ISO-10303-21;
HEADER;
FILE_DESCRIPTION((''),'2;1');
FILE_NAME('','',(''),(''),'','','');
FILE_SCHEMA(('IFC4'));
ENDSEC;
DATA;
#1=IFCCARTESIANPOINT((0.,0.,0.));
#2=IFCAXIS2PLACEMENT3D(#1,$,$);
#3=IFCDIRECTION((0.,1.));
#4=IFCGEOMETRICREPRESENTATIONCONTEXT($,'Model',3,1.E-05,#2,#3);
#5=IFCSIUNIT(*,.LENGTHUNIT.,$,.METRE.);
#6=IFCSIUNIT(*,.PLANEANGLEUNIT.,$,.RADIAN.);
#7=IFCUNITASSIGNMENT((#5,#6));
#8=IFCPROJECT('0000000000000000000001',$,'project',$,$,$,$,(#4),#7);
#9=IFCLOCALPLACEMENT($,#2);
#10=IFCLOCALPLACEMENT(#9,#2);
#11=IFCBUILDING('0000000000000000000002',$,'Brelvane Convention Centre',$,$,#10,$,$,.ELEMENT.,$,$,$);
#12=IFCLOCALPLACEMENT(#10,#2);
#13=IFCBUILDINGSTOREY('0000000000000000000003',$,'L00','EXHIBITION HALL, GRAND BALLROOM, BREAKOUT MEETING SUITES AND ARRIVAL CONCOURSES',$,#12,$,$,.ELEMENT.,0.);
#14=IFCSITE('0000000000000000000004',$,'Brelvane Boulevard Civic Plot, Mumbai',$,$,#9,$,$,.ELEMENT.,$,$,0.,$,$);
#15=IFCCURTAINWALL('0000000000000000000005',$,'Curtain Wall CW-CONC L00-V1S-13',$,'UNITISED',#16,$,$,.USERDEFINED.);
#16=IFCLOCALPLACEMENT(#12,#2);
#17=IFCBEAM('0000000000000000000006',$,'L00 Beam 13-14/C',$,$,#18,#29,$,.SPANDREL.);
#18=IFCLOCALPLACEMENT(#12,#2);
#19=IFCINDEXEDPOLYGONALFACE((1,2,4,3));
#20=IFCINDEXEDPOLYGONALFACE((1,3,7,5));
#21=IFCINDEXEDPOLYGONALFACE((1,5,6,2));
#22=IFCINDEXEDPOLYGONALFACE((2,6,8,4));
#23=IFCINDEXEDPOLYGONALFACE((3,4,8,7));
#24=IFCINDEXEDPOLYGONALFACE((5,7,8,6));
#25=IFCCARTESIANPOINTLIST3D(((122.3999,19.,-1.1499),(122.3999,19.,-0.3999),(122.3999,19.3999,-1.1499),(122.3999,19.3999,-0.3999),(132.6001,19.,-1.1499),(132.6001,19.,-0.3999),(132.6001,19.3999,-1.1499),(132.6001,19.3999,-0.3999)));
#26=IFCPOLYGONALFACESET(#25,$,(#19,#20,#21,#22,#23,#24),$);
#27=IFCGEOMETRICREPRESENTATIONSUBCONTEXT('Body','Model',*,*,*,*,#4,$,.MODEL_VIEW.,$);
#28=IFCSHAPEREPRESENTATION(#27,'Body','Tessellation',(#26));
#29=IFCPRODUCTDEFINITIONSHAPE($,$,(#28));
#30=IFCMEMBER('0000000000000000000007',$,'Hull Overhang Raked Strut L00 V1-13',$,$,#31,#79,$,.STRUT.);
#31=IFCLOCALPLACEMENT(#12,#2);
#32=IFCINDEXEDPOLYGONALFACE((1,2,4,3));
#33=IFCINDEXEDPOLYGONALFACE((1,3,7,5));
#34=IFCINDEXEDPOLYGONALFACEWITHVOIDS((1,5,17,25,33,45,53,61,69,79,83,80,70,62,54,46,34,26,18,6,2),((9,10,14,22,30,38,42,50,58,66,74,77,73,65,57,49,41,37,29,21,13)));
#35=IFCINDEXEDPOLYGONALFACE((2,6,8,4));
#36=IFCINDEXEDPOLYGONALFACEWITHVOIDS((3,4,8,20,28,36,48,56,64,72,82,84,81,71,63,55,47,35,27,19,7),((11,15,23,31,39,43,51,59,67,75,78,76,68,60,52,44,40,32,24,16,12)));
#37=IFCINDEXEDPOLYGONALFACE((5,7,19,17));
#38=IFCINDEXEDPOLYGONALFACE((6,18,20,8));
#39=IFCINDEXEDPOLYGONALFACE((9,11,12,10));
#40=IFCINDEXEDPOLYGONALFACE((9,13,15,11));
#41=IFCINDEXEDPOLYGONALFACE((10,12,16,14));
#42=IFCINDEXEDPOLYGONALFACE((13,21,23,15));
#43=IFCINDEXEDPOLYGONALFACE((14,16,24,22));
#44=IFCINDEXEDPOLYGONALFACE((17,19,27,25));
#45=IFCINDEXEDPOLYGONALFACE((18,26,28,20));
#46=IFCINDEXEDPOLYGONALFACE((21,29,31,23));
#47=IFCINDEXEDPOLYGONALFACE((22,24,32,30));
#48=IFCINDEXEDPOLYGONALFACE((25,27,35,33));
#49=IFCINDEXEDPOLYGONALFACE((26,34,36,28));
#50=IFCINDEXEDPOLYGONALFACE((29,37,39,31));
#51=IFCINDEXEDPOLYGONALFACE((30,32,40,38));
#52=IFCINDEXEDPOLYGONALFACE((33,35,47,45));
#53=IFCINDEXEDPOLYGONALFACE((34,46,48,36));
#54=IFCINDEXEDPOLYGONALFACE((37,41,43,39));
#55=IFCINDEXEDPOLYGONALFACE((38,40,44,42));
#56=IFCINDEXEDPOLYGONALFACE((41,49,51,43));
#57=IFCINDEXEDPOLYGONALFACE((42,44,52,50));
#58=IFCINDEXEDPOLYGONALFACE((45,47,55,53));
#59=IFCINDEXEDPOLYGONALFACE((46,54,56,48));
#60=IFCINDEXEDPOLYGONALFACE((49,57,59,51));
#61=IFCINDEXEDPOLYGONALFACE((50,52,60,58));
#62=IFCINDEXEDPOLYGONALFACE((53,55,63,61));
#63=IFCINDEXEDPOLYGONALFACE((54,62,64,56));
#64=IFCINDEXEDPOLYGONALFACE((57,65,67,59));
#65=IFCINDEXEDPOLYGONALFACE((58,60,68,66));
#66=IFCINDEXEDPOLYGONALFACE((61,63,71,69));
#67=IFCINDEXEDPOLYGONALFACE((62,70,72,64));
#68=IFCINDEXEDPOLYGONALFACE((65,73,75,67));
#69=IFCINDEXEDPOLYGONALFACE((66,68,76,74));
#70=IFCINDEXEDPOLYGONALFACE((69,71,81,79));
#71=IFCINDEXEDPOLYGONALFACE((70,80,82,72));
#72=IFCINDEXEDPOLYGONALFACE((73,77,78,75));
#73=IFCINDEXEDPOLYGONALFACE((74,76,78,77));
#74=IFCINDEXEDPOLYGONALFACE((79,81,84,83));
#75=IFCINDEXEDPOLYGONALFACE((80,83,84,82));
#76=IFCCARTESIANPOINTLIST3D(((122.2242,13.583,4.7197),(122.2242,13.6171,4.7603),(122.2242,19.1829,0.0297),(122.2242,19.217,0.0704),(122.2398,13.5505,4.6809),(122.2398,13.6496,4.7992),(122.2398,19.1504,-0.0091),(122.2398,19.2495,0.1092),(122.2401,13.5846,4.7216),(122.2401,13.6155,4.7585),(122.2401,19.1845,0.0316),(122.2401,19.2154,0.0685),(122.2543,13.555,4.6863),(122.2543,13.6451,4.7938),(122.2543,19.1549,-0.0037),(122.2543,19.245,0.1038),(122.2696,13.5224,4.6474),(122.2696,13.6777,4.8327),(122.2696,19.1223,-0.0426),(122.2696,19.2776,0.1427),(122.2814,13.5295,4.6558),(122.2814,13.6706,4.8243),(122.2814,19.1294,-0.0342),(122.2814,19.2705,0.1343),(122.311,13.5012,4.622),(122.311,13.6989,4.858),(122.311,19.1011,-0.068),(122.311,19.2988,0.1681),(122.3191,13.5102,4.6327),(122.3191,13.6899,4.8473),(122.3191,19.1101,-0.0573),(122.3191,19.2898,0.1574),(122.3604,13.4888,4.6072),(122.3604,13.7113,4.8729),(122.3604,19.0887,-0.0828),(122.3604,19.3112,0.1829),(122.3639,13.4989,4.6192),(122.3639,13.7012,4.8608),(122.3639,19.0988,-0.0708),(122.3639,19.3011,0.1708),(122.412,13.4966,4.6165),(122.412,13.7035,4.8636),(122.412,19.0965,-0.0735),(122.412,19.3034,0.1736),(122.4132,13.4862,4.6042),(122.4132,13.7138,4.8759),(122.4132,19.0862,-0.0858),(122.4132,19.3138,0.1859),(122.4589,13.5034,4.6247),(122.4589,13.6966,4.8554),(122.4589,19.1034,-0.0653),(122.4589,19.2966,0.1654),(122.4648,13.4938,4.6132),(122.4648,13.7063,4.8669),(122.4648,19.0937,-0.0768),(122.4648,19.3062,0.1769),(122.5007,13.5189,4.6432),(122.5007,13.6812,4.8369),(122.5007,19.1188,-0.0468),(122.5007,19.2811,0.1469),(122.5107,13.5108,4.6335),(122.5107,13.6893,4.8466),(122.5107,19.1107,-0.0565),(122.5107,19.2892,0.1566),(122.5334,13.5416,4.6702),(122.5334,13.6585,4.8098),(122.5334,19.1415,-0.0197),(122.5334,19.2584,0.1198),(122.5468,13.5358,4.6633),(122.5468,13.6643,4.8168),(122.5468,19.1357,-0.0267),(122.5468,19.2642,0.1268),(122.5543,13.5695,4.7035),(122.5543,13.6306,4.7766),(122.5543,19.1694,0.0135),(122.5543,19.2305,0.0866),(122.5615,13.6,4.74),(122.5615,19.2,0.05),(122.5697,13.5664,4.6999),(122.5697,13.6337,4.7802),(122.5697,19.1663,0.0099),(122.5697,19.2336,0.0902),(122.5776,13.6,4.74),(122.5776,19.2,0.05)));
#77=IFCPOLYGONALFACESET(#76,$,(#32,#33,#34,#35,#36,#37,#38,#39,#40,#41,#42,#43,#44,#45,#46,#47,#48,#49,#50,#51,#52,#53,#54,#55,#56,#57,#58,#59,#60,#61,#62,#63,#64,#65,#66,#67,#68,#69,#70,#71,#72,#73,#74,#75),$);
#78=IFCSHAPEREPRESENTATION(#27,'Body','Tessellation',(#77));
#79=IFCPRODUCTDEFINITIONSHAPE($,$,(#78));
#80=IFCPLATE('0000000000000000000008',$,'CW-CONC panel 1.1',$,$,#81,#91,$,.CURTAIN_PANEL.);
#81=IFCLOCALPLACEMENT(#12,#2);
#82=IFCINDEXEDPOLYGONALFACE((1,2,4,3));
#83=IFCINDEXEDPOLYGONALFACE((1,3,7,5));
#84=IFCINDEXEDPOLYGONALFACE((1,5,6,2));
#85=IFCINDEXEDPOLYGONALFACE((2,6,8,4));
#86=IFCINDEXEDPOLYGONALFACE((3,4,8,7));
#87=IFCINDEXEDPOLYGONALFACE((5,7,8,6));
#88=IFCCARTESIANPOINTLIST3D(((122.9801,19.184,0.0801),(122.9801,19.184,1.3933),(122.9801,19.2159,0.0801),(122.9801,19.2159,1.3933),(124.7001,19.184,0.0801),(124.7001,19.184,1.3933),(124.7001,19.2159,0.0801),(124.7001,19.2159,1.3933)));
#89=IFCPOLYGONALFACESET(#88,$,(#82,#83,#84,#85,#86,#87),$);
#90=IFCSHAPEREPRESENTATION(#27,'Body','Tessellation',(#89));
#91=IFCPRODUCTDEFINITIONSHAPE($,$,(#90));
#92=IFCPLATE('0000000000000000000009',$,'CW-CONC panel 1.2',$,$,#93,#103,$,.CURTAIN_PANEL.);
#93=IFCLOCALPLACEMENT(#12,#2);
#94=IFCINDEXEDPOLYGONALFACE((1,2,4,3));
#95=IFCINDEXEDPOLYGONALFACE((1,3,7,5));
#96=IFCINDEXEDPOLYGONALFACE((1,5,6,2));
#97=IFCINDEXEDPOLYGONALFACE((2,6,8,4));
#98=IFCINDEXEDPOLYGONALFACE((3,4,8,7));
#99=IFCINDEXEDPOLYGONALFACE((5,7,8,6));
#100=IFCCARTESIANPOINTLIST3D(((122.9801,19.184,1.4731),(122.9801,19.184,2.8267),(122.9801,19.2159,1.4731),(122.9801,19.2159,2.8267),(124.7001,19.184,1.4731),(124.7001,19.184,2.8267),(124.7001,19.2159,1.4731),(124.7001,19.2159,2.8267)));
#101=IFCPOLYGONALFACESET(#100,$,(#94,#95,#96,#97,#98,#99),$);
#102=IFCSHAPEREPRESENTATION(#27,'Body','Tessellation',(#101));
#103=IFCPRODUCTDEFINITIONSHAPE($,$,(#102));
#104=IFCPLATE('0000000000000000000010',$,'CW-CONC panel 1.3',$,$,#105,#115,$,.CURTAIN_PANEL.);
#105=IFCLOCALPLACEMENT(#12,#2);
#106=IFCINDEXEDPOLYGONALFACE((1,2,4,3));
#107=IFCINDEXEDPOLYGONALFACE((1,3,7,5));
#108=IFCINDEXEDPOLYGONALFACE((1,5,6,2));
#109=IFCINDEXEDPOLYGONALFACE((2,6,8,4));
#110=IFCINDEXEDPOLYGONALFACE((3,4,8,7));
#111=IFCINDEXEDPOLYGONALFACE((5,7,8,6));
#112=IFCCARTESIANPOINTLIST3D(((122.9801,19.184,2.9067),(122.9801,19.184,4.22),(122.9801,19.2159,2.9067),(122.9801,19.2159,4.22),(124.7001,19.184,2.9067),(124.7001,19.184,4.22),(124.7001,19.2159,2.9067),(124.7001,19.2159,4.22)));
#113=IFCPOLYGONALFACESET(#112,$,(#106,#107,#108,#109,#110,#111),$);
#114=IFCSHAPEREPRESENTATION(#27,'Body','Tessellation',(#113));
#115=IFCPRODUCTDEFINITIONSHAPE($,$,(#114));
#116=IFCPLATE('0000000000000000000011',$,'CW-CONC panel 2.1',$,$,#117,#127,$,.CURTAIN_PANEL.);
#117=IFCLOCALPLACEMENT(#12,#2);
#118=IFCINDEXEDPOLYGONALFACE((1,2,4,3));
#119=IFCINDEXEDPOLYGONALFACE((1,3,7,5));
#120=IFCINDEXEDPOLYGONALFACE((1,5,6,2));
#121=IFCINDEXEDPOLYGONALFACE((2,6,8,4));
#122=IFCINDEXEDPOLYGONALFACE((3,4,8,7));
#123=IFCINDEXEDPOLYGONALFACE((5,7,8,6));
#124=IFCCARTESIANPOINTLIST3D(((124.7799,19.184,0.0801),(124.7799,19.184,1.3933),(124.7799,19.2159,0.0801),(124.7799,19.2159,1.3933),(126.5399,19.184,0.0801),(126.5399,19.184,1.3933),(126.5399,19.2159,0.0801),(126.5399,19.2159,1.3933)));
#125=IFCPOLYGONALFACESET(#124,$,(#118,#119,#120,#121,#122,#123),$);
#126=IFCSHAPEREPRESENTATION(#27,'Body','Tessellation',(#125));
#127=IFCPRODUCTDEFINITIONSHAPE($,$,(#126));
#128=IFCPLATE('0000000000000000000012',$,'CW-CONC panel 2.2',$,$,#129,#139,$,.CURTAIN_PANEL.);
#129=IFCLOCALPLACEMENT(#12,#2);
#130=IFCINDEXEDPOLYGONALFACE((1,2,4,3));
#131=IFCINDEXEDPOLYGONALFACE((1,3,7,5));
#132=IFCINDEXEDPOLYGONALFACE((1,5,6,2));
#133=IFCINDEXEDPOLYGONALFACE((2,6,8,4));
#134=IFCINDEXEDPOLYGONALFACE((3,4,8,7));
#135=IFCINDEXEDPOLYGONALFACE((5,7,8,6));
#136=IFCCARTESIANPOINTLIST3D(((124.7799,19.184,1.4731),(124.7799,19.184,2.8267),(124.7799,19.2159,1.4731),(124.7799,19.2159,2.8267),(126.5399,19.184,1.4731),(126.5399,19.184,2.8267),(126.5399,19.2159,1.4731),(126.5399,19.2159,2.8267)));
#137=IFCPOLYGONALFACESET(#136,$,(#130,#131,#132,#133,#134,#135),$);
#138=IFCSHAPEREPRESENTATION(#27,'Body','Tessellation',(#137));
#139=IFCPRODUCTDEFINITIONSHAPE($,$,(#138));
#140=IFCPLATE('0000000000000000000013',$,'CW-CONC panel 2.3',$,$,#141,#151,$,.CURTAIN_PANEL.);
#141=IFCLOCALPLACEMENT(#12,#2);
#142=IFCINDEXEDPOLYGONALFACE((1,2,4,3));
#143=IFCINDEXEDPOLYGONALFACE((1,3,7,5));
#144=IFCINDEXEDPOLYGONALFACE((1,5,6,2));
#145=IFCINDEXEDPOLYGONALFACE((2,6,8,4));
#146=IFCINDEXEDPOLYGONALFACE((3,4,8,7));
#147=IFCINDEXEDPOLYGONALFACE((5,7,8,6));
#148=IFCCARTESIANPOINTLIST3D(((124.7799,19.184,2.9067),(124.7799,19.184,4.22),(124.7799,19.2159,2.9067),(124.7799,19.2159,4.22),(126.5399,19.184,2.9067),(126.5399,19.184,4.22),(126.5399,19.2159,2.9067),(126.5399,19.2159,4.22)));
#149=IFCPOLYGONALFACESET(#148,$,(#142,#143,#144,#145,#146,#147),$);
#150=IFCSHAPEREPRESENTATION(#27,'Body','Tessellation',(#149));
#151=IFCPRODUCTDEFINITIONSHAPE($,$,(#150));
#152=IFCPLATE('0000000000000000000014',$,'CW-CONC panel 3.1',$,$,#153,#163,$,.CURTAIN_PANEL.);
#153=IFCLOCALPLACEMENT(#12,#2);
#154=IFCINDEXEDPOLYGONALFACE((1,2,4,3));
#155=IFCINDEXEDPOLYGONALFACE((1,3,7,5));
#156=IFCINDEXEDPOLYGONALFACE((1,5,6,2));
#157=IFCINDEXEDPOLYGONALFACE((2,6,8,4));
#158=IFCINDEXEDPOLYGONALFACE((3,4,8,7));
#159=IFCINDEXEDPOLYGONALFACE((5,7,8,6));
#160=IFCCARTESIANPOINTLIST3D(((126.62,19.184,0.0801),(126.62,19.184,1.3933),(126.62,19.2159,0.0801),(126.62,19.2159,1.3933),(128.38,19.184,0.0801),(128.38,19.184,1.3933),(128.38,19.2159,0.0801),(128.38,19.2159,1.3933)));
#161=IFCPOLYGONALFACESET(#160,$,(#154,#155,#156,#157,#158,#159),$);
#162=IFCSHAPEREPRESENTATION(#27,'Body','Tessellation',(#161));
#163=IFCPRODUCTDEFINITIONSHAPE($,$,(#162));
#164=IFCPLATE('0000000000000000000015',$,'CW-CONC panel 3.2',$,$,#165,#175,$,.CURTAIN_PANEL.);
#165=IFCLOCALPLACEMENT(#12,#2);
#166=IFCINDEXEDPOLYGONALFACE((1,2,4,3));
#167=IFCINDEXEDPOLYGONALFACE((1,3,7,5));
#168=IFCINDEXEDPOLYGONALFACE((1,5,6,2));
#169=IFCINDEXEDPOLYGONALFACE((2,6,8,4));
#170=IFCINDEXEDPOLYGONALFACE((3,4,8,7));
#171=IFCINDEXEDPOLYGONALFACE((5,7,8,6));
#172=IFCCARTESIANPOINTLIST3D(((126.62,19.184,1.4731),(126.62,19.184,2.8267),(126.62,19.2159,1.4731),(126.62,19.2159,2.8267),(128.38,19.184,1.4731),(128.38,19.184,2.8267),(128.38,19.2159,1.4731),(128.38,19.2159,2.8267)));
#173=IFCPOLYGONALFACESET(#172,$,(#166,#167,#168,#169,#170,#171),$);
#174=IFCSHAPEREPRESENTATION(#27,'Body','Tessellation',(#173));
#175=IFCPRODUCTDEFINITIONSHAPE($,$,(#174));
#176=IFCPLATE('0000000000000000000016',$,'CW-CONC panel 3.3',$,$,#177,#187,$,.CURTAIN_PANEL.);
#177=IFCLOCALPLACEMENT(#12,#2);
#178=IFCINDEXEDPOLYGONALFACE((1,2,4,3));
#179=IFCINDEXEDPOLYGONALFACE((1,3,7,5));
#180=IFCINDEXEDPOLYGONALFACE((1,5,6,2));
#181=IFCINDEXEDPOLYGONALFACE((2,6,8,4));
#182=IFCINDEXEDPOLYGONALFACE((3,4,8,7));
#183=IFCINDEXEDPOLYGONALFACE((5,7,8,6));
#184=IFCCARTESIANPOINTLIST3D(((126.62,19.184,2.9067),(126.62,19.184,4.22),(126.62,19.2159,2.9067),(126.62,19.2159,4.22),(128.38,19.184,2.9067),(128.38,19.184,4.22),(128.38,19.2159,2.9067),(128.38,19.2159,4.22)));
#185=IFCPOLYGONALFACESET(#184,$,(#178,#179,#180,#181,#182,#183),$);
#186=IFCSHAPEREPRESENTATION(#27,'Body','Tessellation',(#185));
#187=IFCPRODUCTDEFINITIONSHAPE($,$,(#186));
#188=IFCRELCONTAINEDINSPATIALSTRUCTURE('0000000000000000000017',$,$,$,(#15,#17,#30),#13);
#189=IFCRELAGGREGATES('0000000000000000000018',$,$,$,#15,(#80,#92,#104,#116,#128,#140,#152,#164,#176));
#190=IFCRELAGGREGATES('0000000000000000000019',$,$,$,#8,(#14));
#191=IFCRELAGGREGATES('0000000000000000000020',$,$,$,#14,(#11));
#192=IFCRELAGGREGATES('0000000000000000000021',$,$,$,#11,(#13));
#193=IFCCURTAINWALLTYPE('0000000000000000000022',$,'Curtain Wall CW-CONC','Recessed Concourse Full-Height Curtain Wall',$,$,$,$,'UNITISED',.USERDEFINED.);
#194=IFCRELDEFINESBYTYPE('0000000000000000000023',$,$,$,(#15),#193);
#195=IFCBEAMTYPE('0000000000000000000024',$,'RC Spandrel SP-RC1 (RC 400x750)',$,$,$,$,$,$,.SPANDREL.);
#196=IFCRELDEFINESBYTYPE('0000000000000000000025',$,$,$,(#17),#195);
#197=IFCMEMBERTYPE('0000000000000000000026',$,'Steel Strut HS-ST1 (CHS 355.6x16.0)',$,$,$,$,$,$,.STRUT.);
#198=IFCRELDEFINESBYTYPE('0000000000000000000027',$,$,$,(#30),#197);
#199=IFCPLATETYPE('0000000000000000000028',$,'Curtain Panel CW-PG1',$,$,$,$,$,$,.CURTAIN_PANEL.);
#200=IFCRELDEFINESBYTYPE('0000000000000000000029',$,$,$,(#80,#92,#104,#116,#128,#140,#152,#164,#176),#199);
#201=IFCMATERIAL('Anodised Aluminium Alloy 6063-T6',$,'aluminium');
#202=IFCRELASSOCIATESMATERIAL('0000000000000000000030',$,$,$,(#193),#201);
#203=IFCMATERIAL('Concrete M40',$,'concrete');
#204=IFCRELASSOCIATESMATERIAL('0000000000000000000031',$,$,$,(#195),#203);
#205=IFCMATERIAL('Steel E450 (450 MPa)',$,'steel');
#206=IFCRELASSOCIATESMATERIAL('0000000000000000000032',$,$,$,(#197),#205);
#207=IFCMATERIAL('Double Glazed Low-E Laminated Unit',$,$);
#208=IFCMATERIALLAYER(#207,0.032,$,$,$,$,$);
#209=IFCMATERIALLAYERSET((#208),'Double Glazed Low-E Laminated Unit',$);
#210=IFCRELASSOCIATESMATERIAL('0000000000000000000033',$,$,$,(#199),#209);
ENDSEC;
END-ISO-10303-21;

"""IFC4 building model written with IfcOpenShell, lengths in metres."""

from ifc_helpers import new_model, si_unit, direction, frame, origin, origin_2d, place, context, subcontext, project, spatial, rectangle, hollow_circle, extrude, material, layer, layer_set, material_profile, profile_set, type_object, element, aggregate, save


model = new_model("IFC4")

# Units and contexts
model_context = context("Model", 3, precision=1e-05, world=origin(), true_north=direction((0.0, 1.0)))
body_context = subcontext(model_context, "Body", "Model", "MODEL_VIEW")
ifc_project = project(units=[si_unit("LENGTHUNIT", "METRE"), si_unit("PLANEANGLEUNIT", "RADIAN")], contexts=[model_context])

# Site, building, storey
site_placement = place(None, origin())
site = spatial("IfcSite", under=ifc_project, at=site_placement, Name="Brelvane Boulevard Civic Plot, Mumbai", CompositionType="ELEMENT", RefElevation=0.0)
building_placement = place(site_placement, origin())
building = spatial("IfcBuilding", under=site, at=building_placement, Name="Brelvane Convention Centre", CompositionType="ELEMENT")
storey_placement = place(building_placement, origin())
storey = spatial("IfcBuildingStorey", under=building, at=storey_placement, Name="L00", Description="EXHIBITION HALL, GRAND BALLROOM, BREAKOUT MEETING SUITES AND ARRIVAL CONCOURSES", CompositionType="ELEMENT", Elevation=0.0)

# Curtain wall
ifc_material_1 = material(Name="Anodised Aluminium Alloy 6063-T6", Category="aluminium")
curtain_wall_type = type_object("IfcCurtainWallType", Name="Curtain Wall CW-CONC", Description="Recessed Concourse Full-Height Curtain Wall", ElementType="UNITISED", PredefinedType="USERDEFINED", material=ifc_material_1)
curtain_wall_placement = place(storey_placement, origin())
curtain_wall = element("IfcCurtainWall", 1, at=curtain_wall_placement, inside=storey, type_object=curtain_wall_type, Name="Curtain Wall CW-CONC L00-V1S-13", ObjectType="UNITISED", PredefinedType="USERDEFINED")

# Beam
ifc_material_2 = material(Name="Concrete M40", Category="concrete")
ifc_material_profile_1 = material_profile(ifc_material_2, rectangle(XDim=0.3999, YDim=0.75, at=origin_2d()), Name="RC 400x750")
ifc_profile_set_1 = profile_set([ifc_material_profile_1], Name="Concrete M40")
beam_type_1 = type_object("IfcBeamType", Name="RC Spandrel SP-RC1 (RC 400x750)", PredefinedType="SPANDREL", material=ifc_profile_set_1)
beam_1_placement = place(storey_placement, frame((122.3999, 19.2, -0.7749), z_axis=(1.0, 0.0, 0.0), x_axis=(0.0, 1.0, 0.0)))
element("IfcBeam", 2, at=beam_1_placement, inside=storey, type_object=beam_type_1, Name="L00 Beam 13-14/C", PredefinedType="SPANDREL", context=body_context, shape_type="SweptSolid", body=[
    extrude(rectangle(XDim=0.3999, YDim=0.75, at=origin_2d()), origin(), (0.0, 0.0, 1.0), 10.2002),
])

# Member
ifc_material_3 = material(Name="Steel E450 (450 MPa)", Category="steel")
ifc_material_profile_2 = material_profile(ifc_material_3, hollow_circle(Radius=0.1777, WallThickness=0.0161, at=origin_2d()), Name="CHS 355.6x16.0")
ifc_profile_set_2 = profile_set([ifc_material_profile_2], Name="Steel E450 (450 MPa)")
member_type_1 = type_object("IfcMemberType", Name="Steel Strut HS-ST1 (CHS 355.6x16.0)", PredefinedType="STRUT", material=ifc_profile_set_2)
member_1_placement = place(storey_placement, frame((122.3999, 19.2, 0.05), z_axis=(0.0, -0.766644, 0.642073), x_axis=(1.0, 0.0, 0.0)))
element("IfcMember", 3, at=member_1_placement, inside=storey, type_object=member_type_1, Name="Hull Overhang Raked Strut L00 V1-13", PredefinedType="STRUT", context=body_context, shape_type="SweptSolid", body=[
    extrude(hollow_circle(Radius=0.1777, WallThickness=0.0161, at=origin_2d()), origin(), (0.0, 0.0, 1.0), 7.3044),
])

# Plates
ifc_material_4 = material(Name="Double Glazed Low-E Laminated Unit")
ifc_layer_1 = layer(ifc_material_4, 0.032)
ifc_layer_set_1 = layer_set([ifc_layer_1], Name="Double Glazed Low-E Laminated Unit")
plate_type_1 = type_object("IfcPlateType", Name="Curtain Panel CW-PG1", PredefinedType="CURTAIN_PANEL", material=ifc_layer_set_1)
plate_1_placement = place(storey_placement, frame((123.8401, 19.2, 0.0801), z_axis=(0.0, 0.0, 1.0), x_axis=(1.0, 0.0, 0.0)))
plate_1 = element("IfcPlate", 4, at=plate_1_placement, type_object=plate_type_1, Name="CW-CONC panel 1.1", PredefinedType="CURTAIN_PANEL", context=body_context, shape_type="SweptSolid", body=[
    extrude(rectangle(XDim=1.72, YDim=0.032, at=origin_2d()), origin(), (0.0, 0.0, 1.0), 1.3132),
])
plate_2_placement = place(storey_placement, frame((123.8401, 19.2, 1.4731), z_axis=(0.0, 0.0, 1.0), x_axis=(1.0, 0.0, 0.0)))
plate_2 = element("IfcPlate", 5, at=plate_2_placement, type_object=plate_type_1, Name="CW-CONC panel 1.2", PredefinedType="CURTAIN_PANEL", context=body_context, shape_type="SweptSolid", body=[
    extrude(rectangle(XDim=1.72, YDim=0.032, at=origin_2d()), origin(), (0.0, 0.0, 1.0), 1.3535),
])
plate_3_placement = place(storey_placement, frame((123.8401, 19.2, 2.9067), z_axis=(0.0, 0.0, 1.0), x_axis=(1.0, 0.0, 0.0)))
plate_3 = element("IfcPlate", 6, at=plate_3_placement, type_object=plate_type_1, Name="CW-CONC panel 1.3", PredefinedType="CURTAIN_PANEL", context=body_context, shape_type="SweptSolid", body=[
    extrude(rectangle(XDim=1.72, YDim=0.032, at=origin_2d()), origin(), (0.0, 0.0, 1.0), 1.3132),
])
plate_4_placement = place(storey_placement, frame((125.6599, 19.2, 0.0801), z_axis=(0.0, 0.0, 1.0), x_axis=(1.0, 0.0, 0.0)))
plate_4 = element("IfcPlate", 7, at=plate_4_placement, type_object=plate_type_1, Name="CW-CONC panel 2.1", PredefinedType="CURTAIN_PANEL", context=body_context, shape_type="SweptSolid", body=[
    extrude(rectangle(XDim=1.76, YDim=0.032, at=origin_2d()), origin(), (0.0, 0.0, 1.0), 1.3132),
])
plate_5_placement = place(storey_placement, frame((125.6599, 19.2, 1.4731), z_axis=(0.0, 0.0, 1.0), x_axis=(1.0, 0.0, 0.0)))
plate_5 = element("IfcPlate", 8, at=plate_5_placement, type_object=plate_type_1, Name="CW-CONC panel 2.2", PredefinedType="CURTAIN_PANEL", context=body_context, shape_type="SweptSolid", body=[
    extrude(rectangle(XDim=1.76, YDim=0.032, at=origin_2d()), origin(), (0.0, 0.0, 1.0), 1.3535),
])
plate_6_placement = place(storey_placement, frame((125.6599, 19.2, 2.9067), z_axis=(0.0, 0.0, 1.0), x_axis=(1.0, 0.0, 0.0)))
plate_6 = element("IfcPlate", 9, at=plate_6_placement, type_object=plate_type_1, Name="CW-CONC panel 2.3", PredefinedType="CURTAIN_PANEL", context=body_context, shape_type="SweptSolid", body=[
    extrude(rectangle(XDim=1.76, YDim=0.032, at=origin_2d()), origin(), (0.0, 0.0, 1.0), 1.3132),
])
plate_7_placement = place(storey_placement, frame((127.5, 19.2, 0.0801), z_axis=(0.0, 0.0, 1.0), x_axis=(1.0, 0.0, 0.0)))
plate_7 = element("IfcPlate", 10, at=plate_7_placement, type_object=plate_type_1, Name="CW-CONC panel 3.1", PredefinedType="CURTAIN_PANEL", context=body_context, shape_type="SweptSolid", body=[
    extrude(rectangle(XDim=1.76, YDim=0.032, at=origin_2d()), origin(), (0.0, 0.0, 1.0), 1.3132),
])
plate_8_placement = place(storey_placement, frame((127.5, 19.2, 1.4731), z_axis=(0.0, 0.0, 1.0), x_axis=(1.0, 0.0, 0.0)))
plate_8 = element("IfcPlate", 11, at=plate_8_placement, type_object=plate_type_1, Name="CW-CONC panel 3.2", PredefinedType="CURTAIN_PANEL", context=body_context, shape_type="SweptSolid", body=[
    extrude(rectangle(XDim=1.76, YDim=0.032, at=origin_2d()), origin(), (0.0, 0.0, 1.0), 1.3535),
])
plate_9_placement = place(storey_placement, frame((127.5, 19.2, 2.9067), z_axis=(0.0, 0.0, 1.0), x_axis=(1.0, 0.0, 0.0)))
plate_9 = element("IfcPlate", 12, at=plate_9_placement, type_object=plate_type_1, Name="CW-CONC panel 3.3", PredefinedType="CURTAIN_PANEL", context=body_context, shape_type="SweptSolid", body=[
    extrude(rectangle(XDim=1.76, YDim=0.032, at=origin_2d()), origin(), (0.0, 0.0, 1.0), 1.3132),
])
aggregate(curtain_wall, [plate_1, plate_2, plate_3, plate_4, plate_5, plate_6, plate_7, plate_8, plate_9])

save(model, "model.ifc")
